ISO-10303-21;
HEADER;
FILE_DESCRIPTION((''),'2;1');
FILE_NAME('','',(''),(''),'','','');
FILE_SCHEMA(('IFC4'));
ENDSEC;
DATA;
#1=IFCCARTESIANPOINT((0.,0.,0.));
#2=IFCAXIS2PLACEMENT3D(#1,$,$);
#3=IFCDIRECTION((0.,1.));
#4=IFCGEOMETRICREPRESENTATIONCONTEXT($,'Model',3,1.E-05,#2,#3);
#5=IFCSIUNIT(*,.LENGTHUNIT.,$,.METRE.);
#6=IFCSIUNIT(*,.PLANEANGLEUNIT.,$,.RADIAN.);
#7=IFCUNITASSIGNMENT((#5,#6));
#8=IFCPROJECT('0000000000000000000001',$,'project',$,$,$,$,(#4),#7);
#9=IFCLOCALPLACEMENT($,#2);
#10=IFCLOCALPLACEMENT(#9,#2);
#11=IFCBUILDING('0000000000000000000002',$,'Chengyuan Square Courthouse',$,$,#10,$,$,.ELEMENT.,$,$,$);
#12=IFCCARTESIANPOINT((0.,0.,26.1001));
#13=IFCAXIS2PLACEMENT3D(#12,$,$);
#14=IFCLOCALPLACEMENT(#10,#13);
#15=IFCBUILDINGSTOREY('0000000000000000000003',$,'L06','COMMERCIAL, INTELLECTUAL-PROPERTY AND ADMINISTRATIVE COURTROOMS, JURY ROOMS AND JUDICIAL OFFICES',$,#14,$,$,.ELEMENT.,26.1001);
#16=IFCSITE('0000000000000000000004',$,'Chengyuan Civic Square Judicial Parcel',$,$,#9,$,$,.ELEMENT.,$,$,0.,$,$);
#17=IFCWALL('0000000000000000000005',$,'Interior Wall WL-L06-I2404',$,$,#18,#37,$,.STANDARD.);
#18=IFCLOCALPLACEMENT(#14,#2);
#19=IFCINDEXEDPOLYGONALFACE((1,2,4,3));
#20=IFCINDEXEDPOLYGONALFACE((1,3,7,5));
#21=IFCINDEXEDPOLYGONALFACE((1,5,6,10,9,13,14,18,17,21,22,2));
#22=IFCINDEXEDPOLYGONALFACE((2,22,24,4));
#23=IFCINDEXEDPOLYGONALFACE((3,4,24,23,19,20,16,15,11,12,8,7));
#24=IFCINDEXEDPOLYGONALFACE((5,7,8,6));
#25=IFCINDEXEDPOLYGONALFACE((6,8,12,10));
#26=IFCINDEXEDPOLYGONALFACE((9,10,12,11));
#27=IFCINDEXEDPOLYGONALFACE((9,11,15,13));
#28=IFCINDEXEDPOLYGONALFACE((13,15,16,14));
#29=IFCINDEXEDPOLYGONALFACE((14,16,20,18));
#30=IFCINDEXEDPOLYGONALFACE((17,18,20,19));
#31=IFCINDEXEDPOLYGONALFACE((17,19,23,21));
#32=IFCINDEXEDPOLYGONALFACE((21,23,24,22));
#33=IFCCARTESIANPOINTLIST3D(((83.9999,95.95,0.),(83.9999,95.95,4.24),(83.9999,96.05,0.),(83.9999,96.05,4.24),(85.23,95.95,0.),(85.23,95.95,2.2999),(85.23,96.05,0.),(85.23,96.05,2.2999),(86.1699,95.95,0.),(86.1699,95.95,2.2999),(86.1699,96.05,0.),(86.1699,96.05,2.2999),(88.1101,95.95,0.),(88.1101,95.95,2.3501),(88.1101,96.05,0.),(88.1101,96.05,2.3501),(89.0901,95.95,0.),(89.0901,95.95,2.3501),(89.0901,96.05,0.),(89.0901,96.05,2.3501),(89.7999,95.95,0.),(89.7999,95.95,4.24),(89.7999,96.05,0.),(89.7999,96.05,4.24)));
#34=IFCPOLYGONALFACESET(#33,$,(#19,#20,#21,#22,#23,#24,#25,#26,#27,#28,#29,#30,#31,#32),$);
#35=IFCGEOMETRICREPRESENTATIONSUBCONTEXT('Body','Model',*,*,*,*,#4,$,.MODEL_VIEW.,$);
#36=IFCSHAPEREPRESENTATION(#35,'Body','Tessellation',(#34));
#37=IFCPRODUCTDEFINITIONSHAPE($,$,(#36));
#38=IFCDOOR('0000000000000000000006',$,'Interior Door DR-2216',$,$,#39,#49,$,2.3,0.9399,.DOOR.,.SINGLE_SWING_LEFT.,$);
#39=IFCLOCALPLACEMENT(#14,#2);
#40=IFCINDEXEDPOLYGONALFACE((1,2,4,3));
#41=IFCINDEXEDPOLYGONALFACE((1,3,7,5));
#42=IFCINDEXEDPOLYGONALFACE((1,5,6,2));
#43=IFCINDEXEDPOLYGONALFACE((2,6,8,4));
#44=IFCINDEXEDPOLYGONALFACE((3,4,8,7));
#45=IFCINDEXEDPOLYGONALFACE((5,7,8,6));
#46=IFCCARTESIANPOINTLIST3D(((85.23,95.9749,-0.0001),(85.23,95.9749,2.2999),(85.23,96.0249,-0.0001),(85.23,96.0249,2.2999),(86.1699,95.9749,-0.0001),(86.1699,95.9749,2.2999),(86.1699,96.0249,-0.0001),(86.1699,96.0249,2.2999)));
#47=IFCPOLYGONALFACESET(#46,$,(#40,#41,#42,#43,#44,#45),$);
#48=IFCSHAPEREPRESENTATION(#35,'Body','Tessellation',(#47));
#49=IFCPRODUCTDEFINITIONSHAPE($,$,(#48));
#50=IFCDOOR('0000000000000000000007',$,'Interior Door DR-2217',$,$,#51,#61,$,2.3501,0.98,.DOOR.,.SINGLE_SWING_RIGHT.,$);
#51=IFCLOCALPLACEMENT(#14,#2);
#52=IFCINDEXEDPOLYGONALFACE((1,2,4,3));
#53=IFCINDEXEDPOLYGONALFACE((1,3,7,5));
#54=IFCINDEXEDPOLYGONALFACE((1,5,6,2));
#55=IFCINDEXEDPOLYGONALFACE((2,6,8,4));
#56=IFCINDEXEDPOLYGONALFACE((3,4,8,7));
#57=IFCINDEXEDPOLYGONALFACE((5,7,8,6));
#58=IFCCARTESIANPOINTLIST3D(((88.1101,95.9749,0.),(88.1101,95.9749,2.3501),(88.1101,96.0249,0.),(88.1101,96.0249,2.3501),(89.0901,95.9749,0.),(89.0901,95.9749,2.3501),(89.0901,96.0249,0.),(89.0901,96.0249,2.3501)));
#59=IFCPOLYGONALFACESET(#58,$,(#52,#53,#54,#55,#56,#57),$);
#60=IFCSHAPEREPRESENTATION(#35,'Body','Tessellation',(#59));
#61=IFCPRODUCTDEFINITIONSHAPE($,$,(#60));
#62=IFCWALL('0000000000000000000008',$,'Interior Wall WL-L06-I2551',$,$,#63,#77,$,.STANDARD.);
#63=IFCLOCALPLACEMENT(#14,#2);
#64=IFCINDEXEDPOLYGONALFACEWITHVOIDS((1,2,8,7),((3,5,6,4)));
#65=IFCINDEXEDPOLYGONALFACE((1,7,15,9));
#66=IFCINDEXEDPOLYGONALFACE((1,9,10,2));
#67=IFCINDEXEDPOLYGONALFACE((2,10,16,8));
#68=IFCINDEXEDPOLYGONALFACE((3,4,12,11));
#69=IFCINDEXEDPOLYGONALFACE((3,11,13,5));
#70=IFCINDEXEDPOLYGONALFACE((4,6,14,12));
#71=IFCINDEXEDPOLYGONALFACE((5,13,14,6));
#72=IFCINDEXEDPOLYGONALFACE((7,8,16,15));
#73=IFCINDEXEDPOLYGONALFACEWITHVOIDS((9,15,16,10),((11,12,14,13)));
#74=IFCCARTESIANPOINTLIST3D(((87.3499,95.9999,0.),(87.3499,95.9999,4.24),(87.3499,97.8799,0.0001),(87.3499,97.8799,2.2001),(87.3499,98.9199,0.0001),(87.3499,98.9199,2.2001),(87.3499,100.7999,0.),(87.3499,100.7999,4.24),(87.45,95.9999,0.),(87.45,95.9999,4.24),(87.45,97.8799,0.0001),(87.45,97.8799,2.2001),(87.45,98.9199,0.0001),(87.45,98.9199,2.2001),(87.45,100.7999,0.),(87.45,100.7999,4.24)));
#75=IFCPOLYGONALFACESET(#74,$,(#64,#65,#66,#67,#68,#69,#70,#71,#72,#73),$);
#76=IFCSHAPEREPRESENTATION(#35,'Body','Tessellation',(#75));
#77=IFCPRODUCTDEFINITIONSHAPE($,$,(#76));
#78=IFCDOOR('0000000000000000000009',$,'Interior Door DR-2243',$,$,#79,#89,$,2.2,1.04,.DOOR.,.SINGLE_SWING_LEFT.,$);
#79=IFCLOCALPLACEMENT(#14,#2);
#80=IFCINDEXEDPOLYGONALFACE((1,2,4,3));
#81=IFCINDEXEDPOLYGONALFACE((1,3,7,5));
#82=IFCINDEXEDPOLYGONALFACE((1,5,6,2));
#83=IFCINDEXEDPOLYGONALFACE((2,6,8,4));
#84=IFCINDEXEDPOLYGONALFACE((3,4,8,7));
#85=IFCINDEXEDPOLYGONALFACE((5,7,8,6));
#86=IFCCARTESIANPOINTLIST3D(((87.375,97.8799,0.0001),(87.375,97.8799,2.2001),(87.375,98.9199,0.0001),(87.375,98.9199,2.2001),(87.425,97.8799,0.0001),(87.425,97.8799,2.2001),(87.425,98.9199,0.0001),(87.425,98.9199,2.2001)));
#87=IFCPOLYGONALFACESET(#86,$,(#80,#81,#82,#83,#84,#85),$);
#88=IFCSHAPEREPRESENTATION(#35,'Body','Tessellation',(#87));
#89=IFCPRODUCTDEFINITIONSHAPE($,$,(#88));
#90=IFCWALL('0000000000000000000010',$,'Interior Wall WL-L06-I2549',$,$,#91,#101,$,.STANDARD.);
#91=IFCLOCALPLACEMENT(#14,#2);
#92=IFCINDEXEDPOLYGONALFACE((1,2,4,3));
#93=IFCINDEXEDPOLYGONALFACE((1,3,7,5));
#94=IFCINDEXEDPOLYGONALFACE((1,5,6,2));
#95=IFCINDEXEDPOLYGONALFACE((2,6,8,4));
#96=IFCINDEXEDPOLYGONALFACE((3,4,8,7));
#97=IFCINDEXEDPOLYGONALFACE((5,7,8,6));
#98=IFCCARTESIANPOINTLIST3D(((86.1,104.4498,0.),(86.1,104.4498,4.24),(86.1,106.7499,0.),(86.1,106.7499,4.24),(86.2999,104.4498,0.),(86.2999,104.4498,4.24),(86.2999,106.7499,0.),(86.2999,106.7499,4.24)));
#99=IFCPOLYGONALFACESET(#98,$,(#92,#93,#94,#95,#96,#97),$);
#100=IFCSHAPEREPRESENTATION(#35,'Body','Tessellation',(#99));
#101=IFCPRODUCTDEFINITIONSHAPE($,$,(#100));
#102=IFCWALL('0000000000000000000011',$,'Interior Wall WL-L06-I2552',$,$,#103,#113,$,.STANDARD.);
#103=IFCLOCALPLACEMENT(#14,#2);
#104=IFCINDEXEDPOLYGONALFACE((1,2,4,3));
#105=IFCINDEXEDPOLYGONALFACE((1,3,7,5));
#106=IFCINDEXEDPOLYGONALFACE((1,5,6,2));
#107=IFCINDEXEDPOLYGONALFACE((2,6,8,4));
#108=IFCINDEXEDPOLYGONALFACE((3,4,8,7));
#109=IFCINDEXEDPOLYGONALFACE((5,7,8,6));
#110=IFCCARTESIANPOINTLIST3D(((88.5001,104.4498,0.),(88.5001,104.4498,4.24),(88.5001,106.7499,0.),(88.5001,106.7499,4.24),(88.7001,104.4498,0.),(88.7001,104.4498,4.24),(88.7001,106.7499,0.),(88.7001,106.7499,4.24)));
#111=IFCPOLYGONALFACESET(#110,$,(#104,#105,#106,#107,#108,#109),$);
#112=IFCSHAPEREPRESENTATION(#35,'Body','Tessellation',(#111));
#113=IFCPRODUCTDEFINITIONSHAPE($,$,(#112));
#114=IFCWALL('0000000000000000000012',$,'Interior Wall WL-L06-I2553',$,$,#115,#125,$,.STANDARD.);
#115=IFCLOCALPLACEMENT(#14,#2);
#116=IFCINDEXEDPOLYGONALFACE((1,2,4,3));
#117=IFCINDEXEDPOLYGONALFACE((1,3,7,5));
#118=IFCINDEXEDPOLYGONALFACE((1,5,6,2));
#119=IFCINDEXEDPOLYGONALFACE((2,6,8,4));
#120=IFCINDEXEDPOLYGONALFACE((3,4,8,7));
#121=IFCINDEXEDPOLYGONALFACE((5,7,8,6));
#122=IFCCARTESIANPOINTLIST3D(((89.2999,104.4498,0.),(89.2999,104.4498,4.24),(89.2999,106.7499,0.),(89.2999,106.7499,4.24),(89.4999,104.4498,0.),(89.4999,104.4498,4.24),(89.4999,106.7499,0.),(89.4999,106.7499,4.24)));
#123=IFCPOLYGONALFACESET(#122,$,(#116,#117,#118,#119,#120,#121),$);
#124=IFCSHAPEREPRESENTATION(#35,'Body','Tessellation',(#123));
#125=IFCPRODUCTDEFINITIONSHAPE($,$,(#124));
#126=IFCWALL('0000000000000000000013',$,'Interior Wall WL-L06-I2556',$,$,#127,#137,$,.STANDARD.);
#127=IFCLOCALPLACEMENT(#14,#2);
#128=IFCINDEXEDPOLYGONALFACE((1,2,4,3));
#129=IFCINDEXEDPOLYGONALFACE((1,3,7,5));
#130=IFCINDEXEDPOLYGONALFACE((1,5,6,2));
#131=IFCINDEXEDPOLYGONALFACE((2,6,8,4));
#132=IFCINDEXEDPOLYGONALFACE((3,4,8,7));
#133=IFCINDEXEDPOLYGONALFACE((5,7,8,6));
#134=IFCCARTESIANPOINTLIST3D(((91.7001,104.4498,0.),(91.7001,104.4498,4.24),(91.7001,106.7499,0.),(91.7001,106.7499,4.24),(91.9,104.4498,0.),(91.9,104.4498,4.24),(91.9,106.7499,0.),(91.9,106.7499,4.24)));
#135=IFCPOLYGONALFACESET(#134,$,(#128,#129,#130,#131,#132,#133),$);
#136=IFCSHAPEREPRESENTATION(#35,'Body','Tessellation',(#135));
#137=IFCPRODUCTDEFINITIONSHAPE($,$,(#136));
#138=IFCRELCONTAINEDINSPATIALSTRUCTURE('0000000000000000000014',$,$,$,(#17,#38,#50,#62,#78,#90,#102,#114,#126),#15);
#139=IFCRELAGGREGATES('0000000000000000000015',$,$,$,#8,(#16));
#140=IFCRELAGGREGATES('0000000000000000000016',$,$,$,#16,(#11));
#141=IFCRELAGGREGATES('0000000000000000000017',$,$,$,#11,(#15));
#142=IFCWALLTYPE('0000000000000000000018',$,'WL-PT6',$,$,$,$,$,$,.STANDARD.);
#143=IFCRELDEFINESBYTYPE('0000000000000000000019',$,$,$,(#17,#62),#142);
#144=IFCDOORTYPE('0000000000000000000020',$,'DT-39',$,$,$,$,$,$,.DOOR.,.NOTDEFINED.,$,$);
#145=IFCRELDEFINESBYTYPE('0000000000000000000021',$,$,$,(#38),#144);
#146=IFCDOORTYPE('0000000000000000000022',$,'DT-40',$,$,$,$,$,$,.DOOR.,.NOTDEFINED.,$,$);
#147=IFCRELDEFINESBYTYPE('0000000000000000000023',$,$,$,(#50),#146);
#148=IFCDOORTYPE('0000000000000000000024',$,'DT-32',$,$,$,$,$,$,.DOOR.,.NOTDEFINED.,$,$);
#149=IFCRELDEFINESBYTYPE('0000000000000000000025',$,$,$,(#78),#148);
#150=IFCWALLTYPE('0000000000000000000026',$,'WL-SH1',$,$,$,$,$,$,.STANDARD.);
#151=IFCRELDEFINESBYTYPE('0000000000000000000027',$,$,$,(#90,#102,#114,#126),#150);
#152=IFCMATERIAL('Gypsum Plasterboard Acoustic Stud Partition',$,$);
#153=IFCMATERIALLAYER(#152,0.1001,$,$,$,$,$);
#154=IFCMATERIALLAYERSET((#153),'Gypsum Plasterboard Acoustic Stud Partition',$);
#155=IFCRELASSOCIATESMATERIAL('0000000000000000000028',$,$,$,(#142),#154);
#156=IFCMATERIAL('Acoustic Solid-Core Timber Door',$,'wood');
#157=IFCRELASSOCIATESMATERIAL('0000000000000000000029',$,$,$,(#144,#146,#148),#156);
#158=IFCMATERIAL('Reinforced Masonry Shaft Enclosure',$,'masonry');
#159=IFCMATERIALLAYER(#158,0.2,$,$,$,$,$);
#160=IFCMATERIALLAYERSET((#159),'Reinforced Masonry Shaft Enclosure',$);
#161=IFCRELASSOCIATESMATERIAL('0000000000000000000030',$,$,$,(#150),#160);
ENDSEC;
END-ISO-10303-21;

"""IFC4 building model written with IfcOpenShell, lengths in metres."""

from ifc_helpers import new_model, si_unit, direction, frame, frame_2d, origin, place, context, subcontext, project, spatial, rectangle, extrude, material, layer, layer_set, type_object, element, fill, save


model = new_model("IFC4")

# Units and contexts
model_context = context("Model", 3, precision=1e-05, world=origin(), true_north=direction((0.0, 1.0)))
body_context = subcontext(model_context, "Body", "Model", "MODEL_VIEW")
ifc_project = project(units=[si_unit("LENGTHUNIT", "METRE"), si_unit("PLANEANGLEUNIT", "RADIAN")], contexts=[model_context])

# Site, building, storey
site_placement = place(None, origin())
site = spatial("IfcSite", under=ifc_project, at=site_placement, Name="Chengyuan Civic Square Judicial Parcel", CompositionType="ELEMENT", RefElevation=0.0)
building_placement = place(site_placement, origin())
building = spatial("IfcBuilding", under=site, at=building_placement, Name="Chengyuan Square Courthouse", CompositionType="ELEMENT")
storey_placement = place(building_placement, frame((0.0, 0.0, 26.1001)))
storey = spatial("IfcBuildingStorey", under=building, at=storey_placement, Name="L06", Description="COMMERCIAL, INTELLECTUAL-PROPERTY AND ADMINISTRATIVE COURTROOMS, JURY ROOMS AND JUDICIAL OFFICES", CompositionType="ELEMENT", Elevation=26.1001)

# Shared definitions
ifc_material_1 = material(Name="Acoustic Solid-Core Timber Door", Category="wood")

# Wall, openings, doors
ifc_material_2 = material(Name="Gypsum Plasterboard Acoustic Stud Partition")
ifc_layer_1 = layer(ifc_material_2, 0.1001)
ifc_layer_set_1 = layer_set([ifc_layer_1], Name="Gypsum Plasterboard Acoustic Stud Partition")
wall_type_1 = type_object("IfcWallType", Name="WL-PT6", PredefinedType="STANDARD", material=ifc_layer_set_1)
wall_1_placement = place(storey_placement, frame((84.0, 96.0, 0.0), z_axis=(0.0, 0.0, 1.0), x_axis=(1.0, 0.0, 0.0)))
wall_1 = element("IfcWall", 1, at=wall_1_placement, inside=storey, type_object=wall_type_1, Name="Interior Wall WL-L06-I2404", PredefinedType="STANDARD", context=body_context, shape_type="SweptSolid", body=[
    extrude(rectangle(XDim=5.8, YDim=0.1001, at=frame_2d((2.8999, 0.0))), origin(), (0.0, 0.0, 1.0), 4.24),
])
opening_1_placement = place(wall_1_placement, frame((1.23, 0.0, 0.0)))
opening_1 = element("IfcOpeningElement", 2, at=opening_1_placement, cuts=wall_1, PredefinedType="OPENING", context=body_context, shape_type="SweptSolid", body=[
    extrude(rectangle(XDim=0.9399, YDim=2.3, at=frame_2d((0.47, 1.1499))), frame((0.0, 0.062, 0.0), z_axis=(0.0, -1.0, 0.0), x_axis=(1.0, 0.0, 0.0)), (0.0, 0.0, 1.0), 0.124),
])
opening_2_placement = place(wall_1_placement, frame((4.1101, 0.0, 0.0)))
opening_2 = element("IfcOpeningElement", 3, at=opening_2_placement, cuts=wall_1, PredefinedType="OPENING", context=body_context, shape_type="SweptSolid", body=[
    extrude(rectangle(XDim=0.98, YDim=2.3501, at=frame_2d((0.49, 1.175))), frame((0.0, 0.062, 0.0), z_axis=(0.0, -1.0, 0.0), x_axis=(1.0, 0.0, 0.0)), (0.0, 0.0, 1.0), 0.124),
])
door_type_1 = type_object("IfcDoorType", Name="DT-39", OperationType="NOTDEFINED", PredefinedType="DOOR", material=ifc_material_1)
door_1_placement = place(opening_1_placement, origin())
door_1 = element("IfcDoor", 4, at=door_1_placement, inside=storey, type_object=door_type_1, Name="Interior Door DR-2216", OperationType="SINGLE_SWING_LEFT", OverallHeight=2.3, OverallWidth=0.9399, PredefinedType="DOOR", context=body_context, shape_type="SweptSolid", body=[
    extrude(rectangle(XDim=0.9399, YDim=2.3, at=frame_2d((0.47, 1.1499))), frame((0.0, 0.0249, 0.0), z_axis=(0.0, -1.0, 0.0), x_axis=(1.0, 0.0, 0.0)), (0.0, 0.0, 1.0), 0.05),
])
fill(opening_1, door_1)
door_type_2 = type_object("IfcDoorType", Name="DT-40", OperationType="NOTDEFINED", PredefinedType="DOOR", material=ifc_material_1)
door_2_placement = place(opening_2_placement, origin())
door_2 = element("IfcDoor", 5, at=door_2_placement, inside=storey, type_object=door_type_2, Name="Interior Door DR-2217", OperationType="SINGLE_SWING_RIGHT", OverallHeight=2.3501, OverallWidth=0.98, PredefinedType="DOOR", context=body_context, shape_type="SweptSolid", body=[
    extrude(rectangle(XDim=0.98, YDim=2.3501, at=frame_2d((0.49, 1.175))), frame((0.0, 0.0249, 0.0), z_axis=(0.0, -1.0, 0.0), x_axis=(1.0, 0.0, 0.0)), (0.0, 0.0, 1.0), 0.05),
])
fill(opening_2, door_2)

# Wall, opening, door
wall_2_placement = place(storey_placement, frame((87.3999, 96.0, 0.0), z_axis=(0.0, 0.0, 1.0), x_axis=(0.0, 1.0, 0.0)))
wall_2 = element("IfcWall", 6, at=wall_2_placement, inside=storey, type_object=wall_type_1, Name="Interior Wall WL-L06-I2551", PredefinedType="STANDARD", context=body_context, shape_type="SweptSolid", body=[
    extrude(rectangle(XDim=4.8, YDim=0.1001, at=frame_2d((2.3999, 0.0))), origin(), (0.0, 0.0, 1.0), 4.24),
])
opening_3_placement = place(wall_2_placement, frame((1.8799, 0.0, 0.0)))
opening_3 = element("IfcOpeningElement", 7, at=opening_3_placement, cuts=wall_2, PredefinedType="OPENING", context=body_context, shape_type="SweptSolid", body=[
    extrude(rectangle(XDim=1.04, YDim=2.2, at=frame_2d((0.52, 1.1001))), frame((0.0, 0.062, 0.0), z_axis=(0.0, -1.0, 0.0), x_axis=(1.0, 0.0, 0.0)), (0.0, 0.0, 1.0), 0.124),
])
door_type_3 = type_object("IfcDoorType", Name="DT-32", OperationType="NOTDEFINED", PredefinedType="DOOR", material=ifc_material_1)
door_3_placement = place(opening_3_placement, origin())
door_3 = element("IfcDoor", 8, at=door_3_placement, inside=storey, type_object=door_type_3, Name="Interior Door DR-2243", OperationType="SINGLE_SWING_LEFT", OverallHeight=2.2, OverallWidth=1.04, PredefinedType="DOOR", context=body_context, shape_type="SweptSolid", body=[
    extrude(rectangle(XDim=1.04, YDim=2.2, at=frame_2d((0.52, 1.1001))), frame((0.0, 0.0249, 0.0), z_axis=(0.0, -1.0, 0.0), x_axis=(1.0, 0.0, 0.0)), (0.0, 0.0, 1.0), 0.05),
])
fill(opening_3, door_3)
ifc_material_3 = material(Name="Reinforced Masonry Shaft Enclosure", Category="masonry")
ifc_layer_2 = layer(ifc_material_3, 0.2)
ifc_layer_set_2 = layer_set([ifc_layer_2], Name="Reinforced Masonry Shaft Enclosure")
wall_type_2 = type_object("IfcWallType", Name="WL-SH1", PredefinedType="STANDARD", material=ifc_layer_set_2)

# Walls
for number, where, z_axis, x_axis, name in (
    (9, (86.2, 104.45, 0.0), (0.0, 0.0, 1.0), (0.0, 1.0, 0.0), "Interior Wall WL-L06-I2549"),
    (10, (88.6001, 104.45, 0.0), (0.0, 0.0, 1.0), (0.0, 1.0, 0.0), "Interior Wall WL-L06-I2552"),
    (11, (89.3999, 104.45, 0.0), (0.0, 0.0, 1.0), (0.0, 1.0, 0.0), "Interior Wall WL-L06-I2553"),
    (12, (91.8, 104.45, 0.0), (0.0, 0.0, 1.0), (0.0, 1.0, 0.0), "Interior Wall WL-L06-I2556"),
):
    element("IfcWall", number, at=place(storey_placement, frame(where, z_axis=z_axis, x_axis=x_axis)), inside=storey, type_object=wall_type_2, Name=name, PredefinedType="STANDARD", context=body_context, shape_type="SweptSolid", body=[
        extrude(rectangle(XDim=2.3, YDim=0.2, at=frame_2d((1.1499, 0.0))), origin(), (0.0, 0.0, 1.0), 4.24),
    ])

save(model, "model.ifc")
